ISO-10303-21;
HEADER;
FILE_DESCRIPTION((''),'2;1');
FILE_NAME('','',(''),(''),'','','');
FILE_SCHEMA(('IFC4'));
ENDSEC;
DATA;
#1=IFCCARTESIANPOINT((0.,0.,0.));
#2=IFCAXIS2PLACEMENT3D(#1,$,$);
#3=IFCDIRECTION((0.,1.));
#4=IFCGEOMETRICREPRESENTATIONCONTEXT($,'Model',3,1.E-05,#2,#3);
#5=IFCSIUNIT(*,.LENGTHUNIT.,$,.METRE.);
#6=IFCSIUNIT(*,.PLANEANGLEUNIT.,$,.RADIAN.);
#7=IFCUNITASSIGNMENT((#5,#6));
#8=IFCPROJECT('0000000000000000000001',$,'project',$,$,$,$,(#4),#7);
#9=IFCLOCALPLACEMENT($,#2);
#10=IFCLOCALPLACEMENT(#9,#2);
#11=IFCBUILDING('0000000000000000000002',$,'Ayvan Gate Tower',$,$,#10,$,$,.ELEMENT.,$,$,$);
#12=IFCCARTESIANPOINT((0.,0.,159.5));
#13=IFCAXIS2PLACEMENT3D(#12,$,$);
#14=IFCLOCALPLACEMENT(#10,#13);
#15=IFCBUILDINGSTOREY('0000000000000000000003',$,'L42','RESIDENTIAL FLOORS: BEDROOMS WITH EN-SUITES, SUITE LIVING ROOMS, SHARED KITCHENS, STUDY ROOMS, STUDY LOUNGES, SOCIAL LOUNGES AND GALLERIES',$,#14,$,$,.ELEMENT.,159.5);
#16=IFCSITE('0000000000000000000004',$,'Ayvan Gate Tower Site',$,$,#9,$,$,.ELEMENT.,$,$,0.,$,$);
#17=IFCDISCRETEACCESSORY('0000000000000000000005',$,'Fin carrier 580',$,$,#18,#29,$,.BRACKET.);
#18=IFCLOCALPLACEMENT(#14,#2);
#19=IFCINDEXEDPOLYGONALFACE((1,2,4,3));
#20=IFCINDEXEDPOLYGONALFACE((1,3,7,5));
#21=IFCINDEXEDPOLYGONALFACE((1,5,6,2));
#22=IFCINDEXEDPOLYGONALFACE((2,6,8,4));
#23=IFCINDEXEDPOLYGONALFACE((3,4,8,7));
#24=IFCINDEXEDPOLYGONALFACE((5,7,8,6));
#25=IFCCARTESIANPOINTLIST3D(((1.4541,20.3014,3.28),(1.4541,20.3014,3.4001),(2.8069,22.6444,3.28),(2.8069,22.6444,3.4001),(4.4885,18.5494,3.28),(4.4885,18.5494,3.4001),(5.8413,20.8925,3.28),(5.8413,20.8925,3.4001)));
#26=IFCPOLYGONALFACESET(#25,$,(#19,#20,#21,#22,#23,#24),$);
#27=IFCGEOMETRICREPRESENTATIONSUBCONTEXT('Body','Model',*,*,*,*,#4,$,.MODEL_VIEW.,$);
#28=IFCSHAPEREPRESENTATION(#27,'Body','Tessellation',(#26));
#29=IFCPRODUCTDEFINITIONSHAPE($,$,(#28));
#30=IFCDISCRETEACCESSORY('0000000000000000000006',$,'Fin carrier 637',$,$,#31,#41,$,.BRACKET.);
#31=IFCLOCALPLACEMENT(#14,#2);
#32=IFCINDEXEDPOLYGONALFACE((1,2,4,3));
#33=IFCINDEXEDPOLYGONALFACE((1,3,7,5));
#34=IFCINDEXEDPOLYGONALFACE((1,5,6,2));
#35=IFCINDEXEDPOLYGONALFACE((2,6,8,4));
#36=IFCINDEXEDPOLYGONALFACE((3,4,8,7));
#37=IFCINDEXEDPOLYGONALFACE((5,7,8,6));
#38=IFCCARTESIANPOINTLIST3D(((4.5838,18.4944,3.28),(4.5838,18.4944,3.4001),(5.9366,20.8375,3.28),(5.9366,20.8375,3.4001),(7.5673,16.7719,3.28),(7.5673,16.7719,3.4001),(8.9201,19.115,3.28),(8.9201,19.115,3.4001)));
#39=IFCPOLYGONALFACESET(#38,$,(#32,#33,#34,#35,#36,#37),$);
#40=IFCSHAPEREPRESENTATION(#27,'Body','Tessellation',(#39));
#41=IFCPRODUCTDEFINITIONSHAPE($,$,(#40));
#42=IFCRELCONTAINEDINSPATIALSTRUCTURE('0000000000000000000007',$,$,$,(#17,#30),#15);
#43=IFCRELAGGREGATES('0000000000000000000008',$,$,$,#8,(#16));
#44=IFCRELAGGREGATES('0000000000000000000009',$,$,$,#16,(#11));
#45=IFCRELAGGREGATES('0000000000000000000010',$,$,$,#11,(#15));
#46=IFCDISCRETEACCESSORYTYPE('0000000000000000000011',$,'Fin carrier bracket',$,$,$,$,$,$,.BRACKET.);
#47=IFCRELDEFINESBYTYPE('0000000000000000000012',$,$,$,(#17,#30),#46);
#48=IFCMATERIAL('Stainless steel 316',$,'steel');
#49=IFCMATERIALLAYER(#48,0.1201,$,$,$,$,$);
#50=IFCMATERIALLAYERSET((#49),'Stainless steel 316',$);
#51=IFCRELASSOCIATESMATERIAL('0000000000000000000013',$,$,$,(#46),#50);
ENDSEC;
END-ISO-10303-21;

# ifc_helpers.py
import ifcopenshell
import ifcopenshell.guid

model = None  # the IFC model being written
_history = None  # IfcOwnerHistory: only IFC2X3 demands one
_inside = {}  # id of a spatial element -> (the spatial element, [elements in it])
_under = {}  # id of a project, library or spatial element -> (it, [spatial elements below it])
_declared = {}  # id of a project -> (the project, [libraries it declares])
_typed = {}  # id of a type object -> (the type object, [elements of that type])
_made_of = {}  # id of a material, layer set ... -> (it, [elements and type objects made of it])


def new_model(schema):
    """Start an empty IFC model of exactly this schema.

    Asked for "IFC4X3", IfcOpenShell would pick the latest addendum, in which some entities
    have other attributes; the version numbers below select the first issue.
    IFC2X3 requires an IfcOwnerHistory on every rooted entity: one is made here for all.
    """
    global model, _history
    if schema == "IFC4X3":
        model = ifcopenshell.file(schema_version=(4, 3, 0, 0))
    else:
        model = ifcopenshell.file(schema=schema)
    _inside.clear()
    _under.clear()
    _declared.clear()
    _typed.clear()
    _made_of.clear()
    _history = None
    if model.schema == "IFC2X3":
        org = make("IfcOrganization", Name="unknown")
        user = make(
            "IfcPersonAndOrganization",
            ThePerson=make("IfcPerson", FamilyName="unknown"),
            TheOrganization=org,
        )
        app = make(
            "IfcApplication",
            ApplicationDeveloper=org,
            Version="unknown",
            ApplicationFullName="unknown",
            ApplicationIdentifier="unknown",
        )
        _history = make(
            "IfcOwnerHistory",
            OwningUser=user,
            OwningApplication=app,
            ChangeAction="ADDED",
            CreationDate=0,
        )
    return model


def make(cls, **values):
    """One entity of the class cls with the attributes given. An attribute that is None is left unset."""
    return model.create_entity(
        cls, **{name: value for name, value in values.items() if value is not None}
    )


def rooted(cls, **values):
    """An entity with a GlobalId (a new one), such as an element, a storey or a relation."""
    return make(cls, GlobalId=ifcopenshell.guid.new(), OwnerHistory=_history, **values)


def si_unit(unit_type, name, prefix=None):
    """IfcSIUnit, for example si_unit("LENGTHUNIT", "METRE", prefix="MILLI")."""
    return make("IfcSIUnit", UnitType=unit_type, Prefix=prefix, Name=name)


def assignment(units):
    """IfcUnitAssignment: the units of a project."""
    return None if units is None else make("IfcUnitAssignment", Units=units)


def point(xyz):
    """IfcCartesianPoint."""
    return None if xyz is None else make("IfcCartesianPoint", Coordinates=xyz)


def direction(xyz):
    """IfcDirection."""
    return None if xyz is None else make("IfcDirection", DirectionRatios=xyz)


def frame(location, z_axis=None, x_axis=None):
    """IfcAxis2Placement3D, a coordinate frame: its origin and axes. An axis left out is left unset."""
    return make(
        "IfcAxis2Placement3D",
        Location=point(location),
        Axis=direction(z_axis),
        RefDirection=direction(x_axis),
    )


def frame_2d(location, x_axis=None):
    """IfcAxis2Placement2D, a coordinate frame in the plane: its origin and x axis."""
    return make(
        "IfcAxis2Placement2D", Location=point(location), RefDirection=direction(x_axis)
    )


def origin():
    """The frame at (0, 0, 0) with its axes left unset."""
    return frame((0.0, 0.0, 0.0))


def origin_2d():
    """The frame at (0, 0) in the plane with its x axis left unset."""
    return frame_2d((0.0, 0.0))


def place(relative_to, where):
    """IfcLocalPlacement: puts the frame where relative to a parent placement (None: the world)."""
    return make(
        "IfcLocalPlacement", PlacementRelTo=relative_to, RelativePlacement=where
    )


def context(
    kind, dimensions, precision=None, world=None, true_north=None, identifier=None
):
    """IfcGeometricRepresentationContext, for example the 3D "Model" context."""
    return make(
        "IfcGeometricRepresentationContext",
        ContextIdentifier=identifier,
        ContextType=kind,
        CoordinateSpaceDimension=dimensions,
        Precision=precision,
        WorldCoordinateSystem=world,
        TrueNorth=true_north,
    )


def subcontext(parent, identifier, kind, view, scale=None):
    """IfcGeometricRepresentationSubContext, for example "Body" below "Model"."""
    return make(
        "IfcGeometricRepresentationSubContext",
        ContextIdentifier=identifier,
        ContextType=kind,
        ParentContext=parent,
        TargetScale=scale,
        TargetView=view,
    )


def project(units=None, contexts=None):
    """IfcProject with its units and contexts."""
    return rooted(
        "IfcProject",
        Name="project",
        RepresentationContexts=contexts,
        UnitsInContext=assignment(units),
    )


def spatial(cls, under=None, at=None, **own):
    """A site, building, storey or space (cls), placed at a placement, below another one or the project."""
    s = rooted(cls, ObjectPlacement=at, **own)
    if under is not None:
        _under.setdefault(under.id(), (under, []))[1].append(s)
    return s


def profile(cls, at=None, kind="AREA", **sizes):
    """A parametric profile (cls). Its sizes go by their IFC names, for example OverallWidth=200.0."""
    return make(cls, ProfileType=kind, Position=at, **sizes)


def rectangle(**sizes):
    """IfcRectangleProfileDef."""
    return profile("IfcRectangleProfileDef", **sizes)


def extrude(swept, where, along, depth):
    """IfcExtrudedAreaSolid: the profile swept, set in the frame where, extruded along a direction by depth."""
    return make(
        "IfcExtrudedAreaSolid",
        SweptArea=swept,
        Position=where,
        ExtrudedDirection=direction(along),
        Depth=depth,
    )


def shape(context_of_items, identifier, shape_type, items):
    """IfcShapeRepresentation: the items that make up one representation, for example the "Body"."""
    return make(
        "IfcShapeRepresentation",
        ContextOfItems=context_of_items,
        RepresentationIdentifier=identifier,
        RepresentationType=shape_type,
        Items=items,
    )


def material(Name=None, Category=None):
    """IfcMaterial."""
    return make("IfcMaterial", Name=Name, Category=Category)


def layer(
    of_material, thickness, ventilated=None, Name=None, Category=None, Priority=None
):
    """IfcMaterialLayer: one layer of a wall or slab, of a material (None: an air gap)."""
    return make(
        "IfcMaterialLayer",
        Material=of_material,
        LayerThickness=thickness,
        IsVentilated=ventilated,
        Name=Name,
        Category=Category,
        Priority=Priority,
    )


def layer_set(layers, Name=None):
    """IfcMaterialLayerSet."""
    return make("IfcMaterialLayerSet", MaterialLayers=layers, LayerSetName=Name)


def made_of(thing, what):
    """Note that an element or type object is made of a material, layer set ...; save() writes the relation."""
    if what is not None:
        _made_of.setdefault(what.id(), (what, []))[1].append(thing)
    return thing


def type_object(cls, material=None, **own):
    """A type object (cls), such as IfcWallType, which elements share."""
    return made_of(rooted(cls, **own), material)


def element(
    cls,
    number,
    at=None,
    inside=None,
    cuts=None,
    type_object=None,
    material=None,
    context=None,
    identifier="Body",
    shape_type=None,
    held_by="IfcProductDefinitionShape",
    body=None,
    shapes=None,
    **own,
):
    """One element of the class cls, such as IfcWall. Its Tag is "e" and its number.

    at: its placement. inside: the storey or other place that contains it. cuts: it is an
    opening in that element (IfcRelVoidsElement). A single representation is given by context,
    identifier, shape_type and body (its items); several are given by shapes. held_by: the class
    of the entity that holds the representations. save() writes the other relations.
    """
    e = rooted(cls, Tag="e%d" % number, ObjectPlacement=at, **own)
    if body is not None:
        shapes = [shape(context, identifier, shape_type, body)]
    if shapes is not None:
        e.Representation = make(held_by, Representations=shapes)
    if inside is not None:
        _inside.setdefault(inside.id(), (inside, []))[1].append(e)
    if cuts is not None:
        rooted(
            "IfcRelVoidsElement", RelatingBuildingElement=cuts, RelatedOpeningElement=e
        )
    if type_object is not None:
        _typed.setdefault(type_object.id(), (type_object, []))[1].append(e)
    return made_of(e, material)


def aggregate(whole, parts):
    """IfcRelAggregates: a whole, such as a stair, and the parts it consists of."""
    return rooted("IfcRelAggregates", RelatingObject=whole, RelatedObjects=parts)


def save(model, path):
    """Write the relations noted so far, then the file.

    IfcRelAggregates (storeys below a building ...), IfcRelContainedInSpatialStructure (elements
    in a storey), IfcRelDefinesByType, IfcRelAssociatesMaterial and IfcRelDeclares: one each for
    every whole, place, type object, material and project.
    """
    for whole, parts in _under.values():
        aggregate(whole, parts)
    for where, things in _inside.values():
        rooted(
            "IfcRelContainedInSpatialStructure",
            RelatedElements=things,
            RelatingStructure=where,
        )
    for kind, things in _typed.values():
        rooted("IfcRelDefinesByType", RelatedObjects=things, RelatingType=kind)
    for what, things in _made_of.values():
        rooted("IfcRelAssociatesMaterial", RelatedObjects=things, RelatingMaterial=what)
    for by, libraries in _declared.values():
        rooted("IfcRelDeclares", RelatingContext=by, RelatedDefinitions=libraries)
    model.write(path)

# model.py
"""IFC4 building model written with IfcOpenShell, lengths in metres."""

from ifc_helpers import new_model, si_unit, direction, frame, origin, origin_2d, place, context, subcontext, project, spatial, rectangle, extrude, material, layer, layer_set, type_object, element, save


model = new_model("IFC4")

# Units and contexts
model_context = context("Model", 3, precision=1e-05, world=origin(), true_north=direction((0.0, 1.0)))
body_context = subcontext(model_context, "Body", "Model", "MODEL_VIEW")
ifc_project = project(units=[si_unit("LENGTHUNIT", "METRE"), si_unit("PLANEANGLEUNIT", "RADIAN")], contexts=[model_context])

# Site, building, storey
site_placement = place(None, origin())
site = spatial("IfcSite", under=ifc_project, at=site_placement, Name="Ayvan Gate Tower Site", CompositionType="ELEMENT", RefElevation=0.0)
building_placement = place(site_placement, origin())
building = spatial("IfcBuilding", under=site, at=building_placement, Name="Ayvan Gate Tower", CompositionType="ELEMENT")
storey_placement = place(building_placement, frame((0.0, 0.0, 159.5)))
storey = spatial("IfcBuildingStorey", under=building, at=storey_placement, Name="L42", Description="RESIDENTIAL FLOORS: BEDROOMS WITH EN-SUITES, SUITE LIVING ROOMS, SHARED KITCHENS, STUDY ROOMS, STUDY LOUNGES, SOCIAL LOUNGES AND GALLERIES", CompositionType="ELEMENT", Elevation=159.5)

# Discrete accessories
ifc_material_1 = material(Name="Stainless steel 316", Category="steel")
ifc_layer_1 = layer(ifc_material_1, 0.1201)
ifc_layer_set_1 = layer_set([ifc_layer_1], Name="Stainless steel 316")
discrete_accessory_type = type_object("IfcDiscreteAccessoryType", Name="Fin carrier bracket", PredefinedType="BRACKET", material=ifc_layer_set_1)
discrete_accessory_1_placement = place(storey_placement, frame((3.6477, 20.5969, 3.28), z_axis=(0.0, 0.0, 1.0), x_axis=(-0.866025, 0.5, 0.0)))
element("IfcDiscreteAccessory", 1, at=discrete_accessory_1_placement, inside=storey, type_object=discrete_accessory_type, Name="Fin carrier 580", PredefinedType="BRACKET", context=body_context, shape_type="SweptSolid", body=[
    extrude(rectangle(XDim=3.5039, YDim=2.7056, at=origin_2d()), origin(), (0.0, 0.0, 1.0), 0.1201),
])
discrete_accessory_2_placement = place(storey_placement, frame((6.752, 18.8047, 3.28), z_axis=(0.0, 0.0, 1.0), x_axis=(-0.866025, 0.5, 0.0)))
element("IfcDiscreteAccessory", 2, at=discrete_accessory_2_placement, inside=storey, type_object=discrete_accessory_type, Name="Fin carrier 637", PredefinedType="BRACKET", context=body_context, shape_type="SweptSolid", body=[
    extrude(rectangle(XDim=3.4451, YDim=2.7056, at=origin_2d()), origin(), (0.0, 0.0, 1.0), 0.1201),
])

save(model, "model.ifc")
